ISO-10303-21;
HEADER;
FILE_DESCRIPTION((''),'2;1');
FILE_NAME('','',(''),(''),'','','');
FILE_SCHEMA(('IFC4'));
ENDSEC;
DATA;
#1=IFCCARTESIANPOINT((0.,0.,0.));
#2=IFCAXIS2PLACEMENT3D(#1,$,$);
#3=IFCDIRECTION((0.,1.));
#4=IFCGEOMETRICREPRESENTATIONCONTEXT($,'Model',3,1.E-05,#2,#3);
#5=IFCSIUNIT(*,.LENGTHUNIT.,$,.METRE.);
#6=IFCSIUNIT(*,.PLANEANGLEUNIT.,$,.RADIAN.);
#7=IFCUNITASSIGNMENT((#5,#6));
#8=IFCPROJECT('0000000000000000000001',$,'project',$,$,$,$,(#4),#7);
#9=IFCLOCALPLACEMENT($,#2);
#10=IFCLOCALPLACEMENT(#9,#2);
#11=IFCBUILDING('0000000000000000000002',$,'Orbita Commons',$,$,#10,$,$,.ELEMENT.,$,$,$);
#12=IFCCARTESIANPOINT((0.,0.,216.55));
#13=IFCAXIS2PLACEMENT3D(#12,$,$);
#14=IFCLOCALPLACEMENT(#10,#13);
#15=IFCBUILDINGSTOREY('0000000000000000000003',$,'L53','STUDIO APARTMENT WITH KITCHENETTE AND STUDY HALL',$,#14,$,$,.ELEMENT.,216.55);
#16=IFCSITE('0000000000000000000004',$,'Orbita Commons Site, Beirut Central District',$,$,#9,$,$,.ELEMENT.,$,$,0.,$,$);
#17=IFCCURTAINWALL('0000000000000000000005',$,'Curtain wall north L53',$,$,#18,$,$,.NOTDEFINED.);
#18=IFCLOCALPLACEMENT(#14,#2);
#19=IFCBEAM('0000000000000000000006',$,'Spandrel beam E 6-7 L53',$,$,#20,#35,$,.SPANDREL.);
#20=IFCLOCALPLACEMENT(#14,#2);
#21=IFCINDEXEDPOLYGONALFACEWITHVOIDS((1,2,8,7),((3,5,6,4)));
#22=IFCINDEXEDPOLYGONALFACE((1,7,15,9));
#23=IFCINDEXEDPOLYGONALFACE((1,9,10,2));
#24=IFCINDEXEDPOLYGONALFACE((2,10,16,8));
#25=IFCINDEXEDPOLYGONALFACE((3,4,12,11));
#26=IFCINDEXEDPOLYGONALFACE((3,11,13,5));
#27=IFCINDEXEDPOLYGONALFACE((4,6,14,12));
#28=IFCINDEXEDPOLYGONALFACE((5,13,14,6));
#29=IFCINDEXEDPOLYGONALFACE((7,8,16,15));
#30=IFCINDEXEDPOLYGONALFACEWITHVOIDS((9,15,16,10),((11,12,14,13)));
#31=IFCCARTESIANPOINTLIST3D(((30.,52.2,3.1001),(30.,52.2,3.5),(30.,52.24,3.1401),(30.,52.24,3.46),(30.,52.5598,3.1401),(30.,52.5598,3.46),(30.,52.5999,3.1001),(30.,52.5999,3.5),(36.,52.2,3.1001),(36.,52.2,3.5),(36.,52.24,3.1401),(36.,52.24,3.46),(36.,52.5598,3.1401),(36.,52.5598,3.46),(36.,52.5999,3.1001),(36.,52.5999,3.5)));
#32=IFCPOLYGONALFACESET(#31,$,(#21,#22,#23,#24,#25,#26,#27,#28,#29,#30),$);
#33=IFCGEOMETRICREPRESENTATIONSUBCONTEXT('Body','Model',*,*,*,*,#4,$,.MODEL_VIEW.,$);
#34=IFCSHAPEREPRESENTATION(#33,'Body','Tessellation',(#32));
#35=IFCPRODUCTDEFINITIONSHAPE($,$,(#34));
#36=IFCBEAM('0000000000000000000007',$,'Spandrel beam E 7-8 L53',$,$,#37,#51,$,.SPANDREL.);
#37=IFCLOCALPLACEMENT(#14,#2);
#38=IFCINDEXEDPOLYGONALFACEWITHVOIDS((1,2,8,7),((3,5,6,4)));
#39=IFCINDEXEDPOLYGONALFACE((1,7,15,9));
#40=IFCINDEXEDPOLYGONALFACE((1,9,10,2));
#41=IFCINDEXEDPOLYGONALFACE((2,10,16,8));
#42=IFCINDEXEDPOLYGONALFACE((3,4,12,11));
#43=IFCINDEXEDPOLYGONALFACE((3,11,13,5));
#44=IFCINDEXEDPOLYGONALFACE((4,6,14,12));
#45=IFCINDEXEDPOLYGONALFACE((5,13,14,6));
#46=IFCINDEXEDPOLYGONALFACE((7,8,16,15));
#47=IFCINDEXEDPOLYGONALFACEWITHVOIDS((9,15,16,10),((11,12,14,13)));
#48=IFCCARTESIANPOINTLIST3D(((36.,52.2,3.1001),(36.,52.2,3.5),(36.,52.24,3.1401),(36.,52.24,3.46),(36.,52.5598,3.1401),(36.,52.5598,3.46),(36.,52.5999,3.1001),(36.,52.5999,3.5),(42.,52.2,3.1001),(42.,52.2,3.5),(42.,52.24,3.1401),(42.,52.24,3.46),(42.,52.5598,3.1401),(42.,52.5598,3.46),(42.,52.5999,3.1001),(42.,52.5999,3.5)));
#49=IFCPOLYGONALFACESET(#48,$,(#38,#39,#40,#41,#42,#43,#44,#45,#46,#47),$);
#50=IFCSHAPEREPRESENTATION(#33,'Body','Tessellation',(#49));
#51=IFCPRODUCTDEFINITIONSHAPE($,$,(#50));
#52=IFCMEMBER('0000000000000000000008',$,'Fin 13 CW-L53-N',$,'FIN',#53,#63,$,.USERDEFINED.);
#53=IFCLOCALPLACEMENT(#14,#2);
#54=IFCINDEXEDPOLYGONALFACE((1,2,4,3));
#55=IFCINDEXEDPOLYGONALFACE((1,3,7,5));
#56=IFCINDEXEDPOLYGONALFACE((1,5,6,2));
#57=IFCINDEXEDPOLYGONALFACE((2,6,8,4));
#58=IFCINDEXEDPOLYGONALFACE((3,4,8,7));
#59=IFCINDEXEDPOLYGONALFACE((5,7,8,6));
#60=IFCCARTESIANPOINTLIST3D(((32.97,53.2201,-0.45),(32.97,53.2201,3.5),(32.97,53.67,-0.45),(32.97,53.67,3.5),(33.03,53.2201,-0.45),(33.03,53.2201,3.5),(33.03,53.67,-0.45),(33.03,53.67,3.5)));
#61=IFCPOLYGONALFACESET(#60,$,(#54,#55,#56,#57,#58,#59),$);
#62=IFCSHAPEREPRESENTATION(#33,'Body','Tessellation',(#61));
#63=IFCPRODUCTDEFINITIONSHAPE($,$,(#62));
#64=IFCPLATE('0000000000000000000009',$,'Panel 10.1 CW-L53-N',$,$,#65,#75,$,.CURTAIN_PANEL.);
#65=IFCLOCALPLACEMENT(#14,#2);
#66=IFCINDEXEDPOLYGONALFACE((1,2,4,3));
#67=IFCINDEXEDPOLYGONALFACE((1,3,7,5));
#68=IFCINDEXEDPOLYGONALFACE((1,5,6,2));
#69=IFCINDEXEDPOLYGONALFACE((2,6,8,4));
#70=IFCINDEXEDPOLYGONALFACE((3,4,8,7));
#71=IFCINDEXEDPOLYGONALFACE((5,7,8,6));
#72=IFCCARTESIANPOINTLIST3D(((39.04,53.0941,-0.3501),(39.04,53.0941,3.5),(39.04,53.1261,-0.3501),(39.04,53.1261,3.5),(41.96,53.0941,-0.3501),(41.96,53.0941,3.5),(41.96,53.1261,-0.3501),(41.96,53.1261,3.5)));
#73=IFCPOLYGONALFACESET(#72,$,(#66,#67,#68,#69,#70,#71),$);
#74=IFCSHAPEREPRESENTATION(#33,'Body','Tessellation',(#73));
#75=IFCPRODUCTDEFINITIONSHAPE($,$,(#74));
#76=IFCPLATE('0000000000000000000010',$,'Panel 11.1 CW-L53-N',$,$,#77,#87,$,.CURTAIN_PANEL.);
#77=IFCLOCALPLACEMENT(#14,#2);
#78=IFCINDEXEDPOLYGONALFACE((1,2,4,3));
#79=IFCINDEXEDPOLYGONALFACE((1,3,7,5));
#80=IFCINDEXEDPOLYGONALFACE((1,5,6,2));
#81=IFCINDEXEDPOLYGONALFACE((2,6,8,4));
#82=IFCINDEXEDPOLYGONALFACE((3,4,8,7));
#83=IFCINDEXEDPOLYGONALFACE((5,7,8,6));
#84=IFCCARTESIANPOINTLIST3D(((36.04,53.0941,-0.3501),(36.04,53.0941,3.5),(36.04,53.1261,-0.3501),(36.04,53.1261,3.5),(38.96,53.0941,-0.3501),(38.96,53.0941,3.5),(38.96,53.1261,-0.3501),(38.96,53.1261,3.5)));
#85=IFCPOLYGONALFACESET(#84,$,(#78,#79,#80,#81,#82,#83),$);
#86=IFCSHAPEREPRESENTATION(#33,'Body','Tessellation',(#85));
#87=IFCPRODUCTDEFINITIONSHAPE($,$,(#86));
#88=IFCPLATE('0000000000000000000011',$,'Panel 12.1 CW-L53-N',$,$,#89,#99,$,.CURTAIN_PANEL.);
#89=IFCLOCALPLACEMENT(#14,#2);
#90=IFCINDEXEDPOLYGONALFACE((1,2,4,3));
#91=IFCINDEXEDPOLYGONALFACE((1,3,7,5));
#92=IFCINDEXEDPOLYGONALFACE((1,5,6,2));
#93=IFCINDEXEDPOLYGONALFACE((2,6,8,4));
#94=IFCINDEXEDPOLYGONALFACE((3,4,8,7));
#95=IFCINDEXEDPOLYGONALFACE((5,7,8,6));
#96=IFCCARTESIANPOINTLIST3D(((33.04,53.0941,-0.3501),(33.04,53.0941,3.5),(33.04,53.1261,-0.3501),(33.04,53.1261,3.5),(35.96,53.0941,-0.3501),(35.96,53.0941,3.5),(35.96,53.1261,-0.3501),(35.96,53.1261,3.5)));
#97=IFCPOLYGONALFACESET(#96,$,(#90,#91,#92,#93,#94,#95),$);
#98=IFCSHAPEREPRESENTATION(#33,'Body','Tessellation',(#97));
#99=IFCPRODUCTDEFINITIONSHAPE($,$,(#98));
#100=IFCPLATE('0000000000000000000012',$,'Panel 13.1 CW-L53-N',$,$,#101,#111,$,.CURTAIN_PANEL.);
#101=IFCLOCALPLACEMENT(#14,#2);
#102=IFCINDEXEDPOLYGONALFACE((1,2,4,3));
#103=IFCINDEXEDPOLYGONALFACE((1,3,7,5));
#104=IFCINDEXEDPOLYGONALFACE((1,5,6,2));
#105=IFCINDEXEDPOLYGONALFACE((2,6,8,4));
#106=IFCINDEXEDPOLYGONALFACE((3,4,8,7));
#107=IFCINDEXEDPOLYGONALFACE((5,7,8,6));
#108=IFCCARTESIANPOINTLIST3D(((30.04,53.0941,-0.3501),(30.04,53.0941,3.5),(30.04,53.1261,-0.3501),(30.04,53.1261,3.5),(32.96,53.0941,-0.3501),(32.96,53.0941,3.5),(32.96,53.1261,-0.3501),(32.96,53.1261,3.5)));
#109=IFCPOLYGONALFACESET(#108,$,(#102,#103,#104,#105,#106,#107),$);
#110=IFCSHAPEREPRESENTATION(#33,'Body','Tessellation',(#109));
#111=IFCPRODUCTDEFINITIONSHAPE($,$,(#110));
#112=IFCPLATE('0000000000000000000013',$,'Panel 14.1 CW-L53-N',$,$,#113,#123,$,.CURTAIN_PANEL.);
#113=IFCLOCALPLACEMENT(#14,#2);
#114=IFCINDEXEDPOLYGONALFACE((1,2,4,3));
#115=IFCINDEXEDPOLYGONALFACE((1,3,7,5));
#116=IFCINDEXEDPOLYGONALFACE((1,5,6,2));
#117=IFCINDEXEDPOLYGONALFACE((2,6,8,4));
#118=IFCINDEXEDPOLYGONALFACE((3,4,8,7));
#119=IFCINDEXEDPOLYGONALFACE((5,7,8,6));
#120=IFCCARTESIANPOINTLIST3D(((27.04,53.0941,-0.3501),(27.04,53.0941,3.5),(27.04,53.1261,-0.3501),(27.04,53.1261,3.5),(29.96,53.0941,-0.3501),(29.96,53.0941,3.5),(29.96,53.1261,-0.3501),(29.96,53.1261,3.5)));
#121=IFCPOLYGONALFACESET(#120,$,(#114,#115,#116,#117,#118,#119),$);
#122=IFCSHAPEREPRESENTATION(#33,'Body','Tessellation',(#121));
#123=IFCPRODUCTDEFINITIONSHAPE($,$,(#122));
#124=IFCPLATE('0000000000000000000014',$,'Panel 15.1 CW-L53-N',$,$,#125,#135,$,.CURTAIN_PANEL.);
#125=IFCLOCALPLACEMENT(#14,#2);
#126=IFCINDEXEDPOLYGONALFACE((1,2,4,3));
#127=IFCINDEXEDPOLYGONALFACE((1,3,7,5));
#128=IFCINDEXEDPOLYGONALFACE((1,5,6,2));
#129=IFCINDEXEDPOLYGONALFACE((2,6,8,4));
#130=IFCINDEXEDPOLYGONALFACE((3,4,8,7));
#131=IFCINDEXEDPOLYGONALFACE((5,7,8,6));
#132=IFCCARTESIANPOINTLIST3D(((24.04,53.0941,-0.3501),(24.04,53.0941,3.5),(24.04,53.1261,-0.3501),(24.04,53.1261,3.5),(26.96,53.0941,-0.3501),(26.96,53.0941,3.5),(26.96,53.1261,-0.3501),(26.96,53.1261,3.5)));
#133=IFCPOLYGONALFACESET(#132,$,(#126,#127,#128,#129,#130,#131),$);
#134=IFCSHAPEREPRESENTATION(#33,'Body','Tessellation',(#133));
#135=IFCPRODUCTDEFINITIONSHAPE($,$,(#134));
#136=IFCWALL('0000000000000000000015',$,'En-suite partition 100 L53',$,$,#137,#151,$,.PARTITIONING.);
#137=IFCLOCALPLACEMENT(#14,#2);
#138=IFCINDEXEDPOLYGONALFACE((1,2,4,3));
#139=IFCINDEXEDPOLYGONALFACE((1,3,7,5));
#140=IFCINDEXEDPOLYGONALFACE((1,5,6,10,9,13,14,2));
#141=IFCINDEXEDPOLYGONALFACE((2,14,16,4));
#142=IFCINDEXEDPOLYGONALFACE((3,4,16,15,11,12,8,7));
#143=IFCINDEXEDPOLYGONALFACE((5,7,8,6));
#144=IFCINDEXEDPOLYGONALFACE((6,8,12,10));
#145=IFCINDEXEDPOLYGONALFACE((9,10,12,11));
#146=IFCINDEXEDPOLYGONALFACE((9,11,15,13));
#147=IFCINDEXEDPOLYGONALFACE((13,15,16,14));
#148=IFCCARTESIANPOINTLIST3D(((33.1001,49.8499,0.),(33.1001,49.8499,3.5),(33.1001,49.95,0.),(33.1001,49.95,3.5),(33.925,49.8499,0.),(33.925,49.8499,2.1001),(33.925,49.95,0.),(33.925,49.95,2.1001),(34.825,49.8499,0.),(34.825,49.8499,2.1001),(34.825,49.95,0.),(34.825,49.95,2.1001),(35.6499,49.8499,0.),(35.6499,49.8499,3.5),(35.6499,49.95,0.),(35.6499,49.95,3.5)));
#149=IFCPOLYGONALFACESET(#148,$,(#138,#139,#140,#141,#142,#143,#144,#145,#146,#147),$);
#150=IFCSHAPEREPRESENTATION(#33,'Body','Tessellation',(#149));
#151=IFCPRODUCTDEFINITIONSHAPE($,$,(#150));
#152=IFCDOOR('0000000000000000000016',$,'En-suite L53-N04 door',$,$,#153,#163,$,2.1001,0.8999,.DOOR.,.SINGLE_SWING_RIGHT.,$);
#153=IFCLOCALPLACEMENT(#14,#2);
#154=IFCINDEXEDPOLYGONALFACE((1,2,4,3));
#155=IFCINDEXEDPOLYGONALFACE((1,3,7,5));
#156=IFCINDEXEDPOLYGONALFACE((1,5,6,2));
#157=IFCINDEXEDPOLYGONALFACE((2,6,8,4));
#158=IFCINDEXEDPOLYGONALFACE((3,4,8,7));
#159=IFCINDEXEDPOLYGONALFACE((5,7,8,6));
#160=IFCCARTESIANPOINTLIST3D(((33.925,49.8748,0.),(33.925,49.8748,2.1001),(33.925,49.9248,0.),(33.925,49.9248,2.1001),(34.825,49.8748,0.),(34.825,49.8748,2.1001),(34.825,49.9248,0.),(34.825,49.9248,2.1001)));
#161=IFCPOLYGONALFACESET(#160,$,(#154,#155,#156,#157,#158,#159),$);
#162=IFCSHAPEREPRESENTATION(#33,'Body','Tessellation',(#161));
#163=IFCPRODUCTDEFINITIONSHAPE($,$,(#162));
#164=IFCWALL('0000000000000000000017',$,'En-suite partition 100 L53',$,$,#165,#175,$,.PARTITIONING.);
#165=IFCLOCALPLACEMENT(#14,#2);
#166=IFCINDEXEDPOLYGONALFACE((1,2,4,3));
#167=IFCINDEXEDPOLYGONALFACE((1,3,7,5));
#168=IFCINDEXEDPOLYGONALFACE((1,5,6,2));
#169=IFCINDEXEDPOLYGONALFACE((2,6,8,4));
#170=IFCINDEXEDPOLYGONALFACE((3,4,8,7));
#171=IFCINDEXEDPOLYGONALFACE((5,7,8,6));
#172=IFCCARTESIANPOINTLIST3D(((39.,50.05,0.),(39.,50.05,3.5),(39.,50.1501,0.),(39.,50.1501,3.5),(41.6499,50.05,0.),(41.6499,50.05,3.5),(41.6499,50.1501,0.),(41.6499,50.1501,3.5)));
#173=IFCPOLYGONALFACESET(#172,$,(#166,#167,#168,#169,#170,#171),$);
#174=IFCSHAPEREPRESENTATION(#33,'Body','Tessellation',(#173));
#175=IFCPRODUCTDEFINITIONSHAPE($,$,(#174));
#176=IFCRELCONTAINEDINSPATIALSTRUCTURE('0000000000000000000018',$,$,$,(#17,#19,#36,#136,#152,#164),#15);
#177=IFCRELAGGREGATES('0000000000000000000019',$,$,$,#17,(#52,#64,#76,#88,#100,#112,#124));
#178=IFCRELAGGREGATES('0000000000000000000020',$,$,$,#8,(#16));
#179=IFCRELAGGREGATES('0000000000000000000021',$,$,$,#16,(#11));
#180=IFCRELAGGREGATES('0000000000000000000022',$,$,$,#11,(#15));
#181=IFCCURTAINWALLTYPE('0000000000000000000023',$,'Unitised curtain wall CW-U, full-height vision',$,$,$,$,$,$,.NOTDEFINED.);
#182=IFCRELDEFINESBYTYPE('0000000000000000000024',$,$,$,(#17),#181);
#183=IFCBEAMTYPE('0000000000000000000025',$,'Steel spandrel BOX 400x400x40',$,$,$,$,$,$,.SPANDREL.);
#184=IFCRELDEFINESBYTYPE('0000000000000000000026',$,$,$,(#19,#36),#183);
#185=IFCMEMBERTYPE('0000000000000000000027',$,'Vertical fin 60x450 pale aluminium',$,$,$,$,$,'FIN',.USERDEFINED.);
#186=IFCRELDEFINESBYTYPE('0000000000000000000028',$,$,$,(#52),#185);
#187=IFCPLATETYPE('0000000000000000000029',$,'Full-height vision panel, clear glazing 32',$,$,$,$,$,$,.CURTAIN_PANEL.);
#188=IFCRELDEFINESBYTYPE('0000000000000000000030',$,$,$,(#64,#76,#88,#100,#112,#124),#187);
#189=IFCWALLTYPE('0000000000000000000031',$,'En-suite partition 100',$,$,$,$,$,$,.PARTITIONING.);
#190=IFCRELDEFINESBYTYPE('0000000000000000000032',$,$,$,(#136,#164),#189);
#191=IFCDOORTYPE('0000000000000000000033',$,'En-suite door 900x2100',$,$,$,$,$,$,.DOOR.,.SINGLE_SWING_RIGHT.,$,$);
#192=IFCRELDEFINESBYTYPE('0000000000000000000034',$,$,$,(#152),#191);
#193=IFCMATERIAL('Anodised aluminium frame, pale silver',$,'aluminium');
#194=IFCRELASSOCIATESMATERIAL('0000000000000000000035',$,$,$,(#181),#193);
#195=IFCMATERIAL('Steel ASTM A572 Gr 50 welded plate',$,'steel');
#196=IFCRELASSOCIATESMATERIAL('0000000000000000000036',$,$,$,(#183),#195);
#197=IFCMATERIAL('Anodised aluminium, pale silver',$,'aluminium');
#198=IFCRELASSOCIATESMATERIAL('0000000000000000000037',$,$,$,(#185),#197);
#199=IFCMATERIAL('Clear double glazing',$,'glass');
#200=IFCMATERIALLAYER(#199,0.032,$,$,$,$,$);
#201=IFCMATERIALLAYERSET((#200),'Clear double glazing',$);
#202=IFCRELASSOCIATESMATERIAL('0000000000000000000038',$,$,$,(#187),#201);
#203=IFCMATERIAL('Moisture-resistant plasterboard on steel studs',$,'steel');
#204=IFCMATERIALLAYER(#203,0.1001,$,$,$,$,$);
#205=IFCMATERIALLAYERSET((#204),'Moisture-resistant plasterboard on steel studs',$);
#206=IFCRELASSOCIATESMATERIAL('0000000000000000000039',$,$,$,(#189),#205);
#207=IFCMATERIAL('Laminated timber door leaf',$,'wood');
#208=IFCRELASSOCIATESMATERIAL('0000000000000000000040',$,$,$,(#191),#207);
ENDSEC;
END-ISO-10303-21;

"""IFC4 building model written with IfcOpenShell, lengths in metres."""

from ifc_helpers import new_model, si_unit, direction, frame, frame_2d, origin, origin_2d, place, context, subcontext, project, spatial, rectangle, hollow_rectangle, extrude, material, layer, layer_set, material_profile, profile_set, type_object, element, fill, aggregate, save


model = new_model("IFC4")

# Units and contexts
model_context = context("Model", 3, precision=1e-05, world=origin(), true_north=direction((0.0, 1.0)))
body_context = subcontext(model_context, "Body", "Model", "MODEL_VIEW")
ifc_project = project(units=[si_unit("LENGTHUNIT", "METRE"), si_unit("PLANEANGLEUNIT", "RADIAN")], contexts=[model_context])

# Site, building, storey
site_placement = place(None, origin())
site = spatial("IfcSite", under=ifc_project, at=site_placement, Name="Orbita Commons Site, Beirut Central District", CompositionType="ELEMENT", RefElevation=0.0)
building_placement = place(site_placement, origin())
building = spatial("IfcBuilding", under=site, at=building_placement, Name="Orbita Commons", CompositionType="ELEMENT")
storey_placement = place(building_placement, frame((0.0, 0.0, 216.55)))
storey = spatial("IfcBuildingStorey", under=building, at=storey_placement, Name="L53", Description="STUDIO APARTMENT WITH KITCHENETTE AND STUDY HALL", CompositionType="ELEMENT", Elevation=216.55)

# Curtain wall
ifc_material_1 = material(Name="Anodised aluminium frame, pale silver", Category="aluminium")
curtain_wall_type = type_object("IfcCurtainWallType", Name="Unitised curtain wall CW-U, full-height vision", PredefinedType="NOTDEFINED", material=ifc_material_1)
curtain_wall_placement = place(storey_placement, origin())
curtain_wall = element("IfcCurtainWall", 1, at=curtain_wall_placement, inside=storey, type_object=curtain_wall_type, Name="Curtain wall north L53", PredefinedType="NOTDEFINED")

# Beams
ifc_material_2 = material(Name="Steel ASTM A572 Gr 50 welded plate", Category="steel")
ifc_material_profile_1 = material_profile(ifc_material_2, hollow_rectangle(XDim=0.3999, YDim=0.3999, WallThickness=0.04, at=origin_2d()), Name="BOX 400x400x40")
ifc_profile_set_1 = profile_set([ifc_material_profile_1], Name="Steel ASTM A572 Gr 50 welded plate")
beam_type = type_object("IfcBeamType", Name="Steel spandrel BOX 400x400x40", PredefinedType="SPANDREL", material=ifc_profile_set_1)
for number, where, z_axis, x_axis, name in (
    (2, (30.0, 52.3999, 3.3), (1.0, 0.0, 0.0), (0.0, 1.0, 0.0), "Spandrel beam E 6-7 L53"),
    (3, (36.0, 52.3999, 3.3), (1.0, 0.0, 0.0), (0.0, 1.0, 0.0), "Spandrel beam E 7-8 L53"),
):
    element("IfcBeam", number, at=place(storey_placement, frame(where, z_axis=z_axis, x_axis=x_axis)), inside=storey, type_object=beam_type, Name=name, PredefinedType="SPANDREL", context=body_context, shape_type="SweptSolid", body=[
        extrude(hollow_rectangle(XDim=0.3999, YDim=0.3999, WallThickness=0.04, at=origin_2d()), origin(), (0.0, 0.0, 1.0), 6.0),
    ])

# Member
ifc_material_3 = material(Name="Anodised aluminium, pale silver", Category="aluminium")
ifc_material_profile_2 = material_profile(ifc_material_3, rectangle(XDim=0.0601, YDim=0.45, at=origin_2d()), Name="FIN 60x450")
ifc_profile_set_2 = profile_set([ifc_material_profile_2], Name="Anodised aluminium, pale silver")
member_type_1 = type_object("IfcMemberType", Name="Vertical fin 60x450 pale aluminium", ElementType="FIN", PredefinedType="USERDEFINED", material=ifc_profile_set_2)
member_1_placement = place(storey_placement, frame((33.0, 53.4451, -0.45), z_axis=(0.0, 0.0, 1.0), x_axis=(-1.0, 0.0, 0.0)))
member_1 = element("IfcMember", 4, at=member_1_placement, type_object=member_type_1, Name="Fin 13 CW-L53-N", ObjectType="FIN", PredefinedType="USERDEFINED", context=body_context, shape_type="SweptSolid", body=[
    extrude(rectangle(XDim=0.0601, YDim=0.45, at=origin_2d()), origin(), (0.0, 0.0, 1.0), 3.95),
])

# Plates
ifc_material_4 = material(Name="Clear double glazing", Category="glass")
ifc_layer_1 = layer(ifc_material_4, 0.032)
ifc_layer_set_1 = layer_set([ifc_layer_1], Name="Clear double glazing")
plate_type = type_object("IfcPlateType", Name="Full-height vision panel, clear glazing 32", PredefinedType="CURTAIN_PANEL", material=ifc_layer_set_1)
plate_1_placement = place(storey_placement, frame((40.5, 53.1101, -0.3501), z_axis=(0.0, 0.0, 1.0), x_axis=(-1.0, 0.0, 0.0)))
plate_1 = element("IfcPlate", 5, at=plate_1_placement, type_object=plate_type, Name="Panel 10.1 CW-L53-N", PredefinedType="CURTAIN_PANEL", context=body_context, shape_type="SweptSolid", body=[
    extrude(rectangle(XDim=2.9199, YDim=0.032, at=origin_2d()), origin(), (0.0, 0.0, 1.0), 3.8501),
])
plate_2_placement = place(storey_placement, frame((37.5, 53.1101, -0.3501), z_axis=(0.0, 0.0, 1.0), x_axis=(-1.0, 0.0, 0.0)))
plate_2 = element("IfcPlate", 6, at=plate_2_placement, type_object=plate_type, Name="Panel 11.1 CW-L53-N", PredefinedType="CURTAIN_PANEL", context=body_context, shape_type="SweptSolid", body=[
    extrude(rectangle(XDim=2.9199, YDim=0.032, at=origin_2d()), origin(), (0.0, 0.0, 1.0), 3.8501),
])
plate_3_placement = place(storey_placement, frame((34.5, 53.1101, -0.3501), z_axis=(0.0, 0.0, 1.0), x_axis=(-1.0, 0.0, 0.0)))
plate_3 = element("IfcPlate", 7, at=plate_3_placement, type_object=plate_type, Name="Panel 12.1 CW-L53-N", PredefinedType="CURTAIN_PANEL", context=body_context, shape_type="SweptSolid", body=[
    extrude(rectangle(XDim=2.9199, YDim=0.032, at=origin_2d()), origin(), (0.0, 0.0, 1.0), 3.8501),
])
plate_4_placement = place(storey_placement, frame((31.5, 53.1101, -0.3501), z_axis=(0.0, 0.0, 1.0), x_axis=(-1.0, 0.0, 0.0)))
plate_4 = element("IfcPlate", 8, at=plate_4_placement, type_object=plate_type, Name="Panel 13.1 CW-L53-N", PredefinedType="CURTAIN_PANEL", context=body_context, shape_type="SweptSolid", body=[
    extrude(rectangle(XDim=2.9199, YDim=0.032, at=origin_2d()), origin(), (0.0, 0.0, 1.0), 3.8501),
])
plate_5_placement = place(storey_placement, frame((28.5, 53.1101, -0.3501), z_axis=(0.0, 0.0, 1.0), x_axis=(-1.0, 0.0, 0.0)))
plate_5 = element("IfcPlate", 9, at=plate_5_placement, type_object=plate_type, Name="Panel 14.1 CW-L53-N", PredefinedType="CURTAIN_PANEL", context=body_context, shape_type="SweptSolid", body=[
    extrude(rectangle(XDim=2.9199, YDim=0.032, at=origin_2d()), origin(), (0.0, 0.0, 1.0), 3.8501),
])
plate_6_placement = place(storey_placement, frame((25.5, 53.1101, -0.3501), z_axis=(0.0, 0.0, 1.0), x_axis=(-1.0, 0.0, 0.0)))
plate_6 = element("IfcPlate", 10, at=plate_6_placement, type_object=plate_type, Name="Panel 15.1 CW-L53-N", PredefinedType="CURTAIN_PANEL", context=body_context, shape_type="SweptSolid", body=[
    extrude(rectangle(XDim=2.9199, YDim=0.032, at=origin_2d()), origin(), (0.0, 0.0, 1.0), 3.8501),
])
aggregate(curtain_wall, [member_1, plate_1, plate_2, plate_3, plate_4, plate_5, plate_6])

# Wall, opening, door
ifc_material_5 = material(Name="Moisture-resistant plasterboard on steel studs", Category="steel")
ifc_layer_2 = layer(ifc_material_5, 0.1001)
ifc_layer_set_2 = layer_set([ifc_layer_2], Name="Moisture-resistant plasterboard on steel studs")
wall_type_1 = type_object("IfcWallType", Name="En-suite partition 100", PredefinedType="PARTITIONING", material=ifc_layer_set_2)
wall_1_placement = place(storey_placement, frame((33.1001, 49.8999, 0.0), z_axis=(0.0, 0.0, 1.0), x_axis=(1.0, 0.0, 0.0)))
wall_1 = element("IfcWall", 11, at=wall_1_placement, inside=storey, type_object=wall_type_1, Name="En-suite partition 100 L53", PredefinedType="PARTITIONING", context=body_context, shape_type="SweptSolid", body=[
    extrude(rectangle(XDim=2.5498, YDim=0.1001, at=frame_2d((1.2749, 0.0))), origin(), (0.0, 0.0, 1.0), 3.5),
])
opening_1_placement = place(wall_1_placement, frame((0.825, 0.0, 0.0)))
opening_1 = element("IfcOpeningElement", 12, at=opening_1_placement, cuts=wall_1, PredefinedType="OPENING", context=body_context, shape_type="SweptSolid", body=[
    extrude(rectangle(XDim=0.8999, YDim=2.1001, at=frame_2d((0.45, 1.05))), frame((0.0, 0.0601, 0.0), z_axis=(0.0, -1.0, 0.0), x_axis=(1.0, 0.0, 0.0)), (0.0, 0.0, 1.0), 0.1201),
])
ifc_material_6 = material(Name="Laminated timber door leaf", Category="wood")
door_type_1 = type_object("IfcDoorType", Name="En-suite door 900x2100", OperationType="SINGLE_SWING_RIGHT", PredefinedType="DOOR", material=ifc_material_6)
door_1_placement = place(opening_1_placement, origin())
door_1 = element("IfcDoor", 13, at=door_1_placement, inside=storey, type_object=door_type_1, Name="En-suite L53-N04 door", OperationType="SINGLE_SWING_RIGHT", OverallHeight=2.1001, OverallWidth=0.8999, PredefinedType="DOOR", context=body_context, shape_type="SweptSolid", body=[
    extrude(rectangle(XDim=0.8999, YDim=2.1001, at=frame_2d((0.45, 1.05))), frame((0.0, 0.0249, 0.0), z_axis=(0.0, -1.0, 0.0), x_axis=(1.0, 0.0, 0.0)), (0.0, 0.0, 1.0), 0.05),
])
fill(opening_1, door_1)

# Wall
wall_2_placement = place(storey_placement, frame((39.0, 50.1001, 0.0), z_axis=(0.0, 0.0, 1.0), x_axis=(1.0, 0.0, 0.0)))
element("IfcWall", 14, at=wall_2_placement, inside=storey, type_object=wall_type_1, Name="En-suite partition 100 L53", PredefinedType="PARTITIONING", context=body_context, shape_type="SweptSolid", body=[
    extrude(rectangle(XDim=2.6499, YDim=0.1001, at=frame_2d((1.325, 0.0))), origin(), (0.0, 0.0, 1.0), 3.5),
])

save(model, "model.ifc")
